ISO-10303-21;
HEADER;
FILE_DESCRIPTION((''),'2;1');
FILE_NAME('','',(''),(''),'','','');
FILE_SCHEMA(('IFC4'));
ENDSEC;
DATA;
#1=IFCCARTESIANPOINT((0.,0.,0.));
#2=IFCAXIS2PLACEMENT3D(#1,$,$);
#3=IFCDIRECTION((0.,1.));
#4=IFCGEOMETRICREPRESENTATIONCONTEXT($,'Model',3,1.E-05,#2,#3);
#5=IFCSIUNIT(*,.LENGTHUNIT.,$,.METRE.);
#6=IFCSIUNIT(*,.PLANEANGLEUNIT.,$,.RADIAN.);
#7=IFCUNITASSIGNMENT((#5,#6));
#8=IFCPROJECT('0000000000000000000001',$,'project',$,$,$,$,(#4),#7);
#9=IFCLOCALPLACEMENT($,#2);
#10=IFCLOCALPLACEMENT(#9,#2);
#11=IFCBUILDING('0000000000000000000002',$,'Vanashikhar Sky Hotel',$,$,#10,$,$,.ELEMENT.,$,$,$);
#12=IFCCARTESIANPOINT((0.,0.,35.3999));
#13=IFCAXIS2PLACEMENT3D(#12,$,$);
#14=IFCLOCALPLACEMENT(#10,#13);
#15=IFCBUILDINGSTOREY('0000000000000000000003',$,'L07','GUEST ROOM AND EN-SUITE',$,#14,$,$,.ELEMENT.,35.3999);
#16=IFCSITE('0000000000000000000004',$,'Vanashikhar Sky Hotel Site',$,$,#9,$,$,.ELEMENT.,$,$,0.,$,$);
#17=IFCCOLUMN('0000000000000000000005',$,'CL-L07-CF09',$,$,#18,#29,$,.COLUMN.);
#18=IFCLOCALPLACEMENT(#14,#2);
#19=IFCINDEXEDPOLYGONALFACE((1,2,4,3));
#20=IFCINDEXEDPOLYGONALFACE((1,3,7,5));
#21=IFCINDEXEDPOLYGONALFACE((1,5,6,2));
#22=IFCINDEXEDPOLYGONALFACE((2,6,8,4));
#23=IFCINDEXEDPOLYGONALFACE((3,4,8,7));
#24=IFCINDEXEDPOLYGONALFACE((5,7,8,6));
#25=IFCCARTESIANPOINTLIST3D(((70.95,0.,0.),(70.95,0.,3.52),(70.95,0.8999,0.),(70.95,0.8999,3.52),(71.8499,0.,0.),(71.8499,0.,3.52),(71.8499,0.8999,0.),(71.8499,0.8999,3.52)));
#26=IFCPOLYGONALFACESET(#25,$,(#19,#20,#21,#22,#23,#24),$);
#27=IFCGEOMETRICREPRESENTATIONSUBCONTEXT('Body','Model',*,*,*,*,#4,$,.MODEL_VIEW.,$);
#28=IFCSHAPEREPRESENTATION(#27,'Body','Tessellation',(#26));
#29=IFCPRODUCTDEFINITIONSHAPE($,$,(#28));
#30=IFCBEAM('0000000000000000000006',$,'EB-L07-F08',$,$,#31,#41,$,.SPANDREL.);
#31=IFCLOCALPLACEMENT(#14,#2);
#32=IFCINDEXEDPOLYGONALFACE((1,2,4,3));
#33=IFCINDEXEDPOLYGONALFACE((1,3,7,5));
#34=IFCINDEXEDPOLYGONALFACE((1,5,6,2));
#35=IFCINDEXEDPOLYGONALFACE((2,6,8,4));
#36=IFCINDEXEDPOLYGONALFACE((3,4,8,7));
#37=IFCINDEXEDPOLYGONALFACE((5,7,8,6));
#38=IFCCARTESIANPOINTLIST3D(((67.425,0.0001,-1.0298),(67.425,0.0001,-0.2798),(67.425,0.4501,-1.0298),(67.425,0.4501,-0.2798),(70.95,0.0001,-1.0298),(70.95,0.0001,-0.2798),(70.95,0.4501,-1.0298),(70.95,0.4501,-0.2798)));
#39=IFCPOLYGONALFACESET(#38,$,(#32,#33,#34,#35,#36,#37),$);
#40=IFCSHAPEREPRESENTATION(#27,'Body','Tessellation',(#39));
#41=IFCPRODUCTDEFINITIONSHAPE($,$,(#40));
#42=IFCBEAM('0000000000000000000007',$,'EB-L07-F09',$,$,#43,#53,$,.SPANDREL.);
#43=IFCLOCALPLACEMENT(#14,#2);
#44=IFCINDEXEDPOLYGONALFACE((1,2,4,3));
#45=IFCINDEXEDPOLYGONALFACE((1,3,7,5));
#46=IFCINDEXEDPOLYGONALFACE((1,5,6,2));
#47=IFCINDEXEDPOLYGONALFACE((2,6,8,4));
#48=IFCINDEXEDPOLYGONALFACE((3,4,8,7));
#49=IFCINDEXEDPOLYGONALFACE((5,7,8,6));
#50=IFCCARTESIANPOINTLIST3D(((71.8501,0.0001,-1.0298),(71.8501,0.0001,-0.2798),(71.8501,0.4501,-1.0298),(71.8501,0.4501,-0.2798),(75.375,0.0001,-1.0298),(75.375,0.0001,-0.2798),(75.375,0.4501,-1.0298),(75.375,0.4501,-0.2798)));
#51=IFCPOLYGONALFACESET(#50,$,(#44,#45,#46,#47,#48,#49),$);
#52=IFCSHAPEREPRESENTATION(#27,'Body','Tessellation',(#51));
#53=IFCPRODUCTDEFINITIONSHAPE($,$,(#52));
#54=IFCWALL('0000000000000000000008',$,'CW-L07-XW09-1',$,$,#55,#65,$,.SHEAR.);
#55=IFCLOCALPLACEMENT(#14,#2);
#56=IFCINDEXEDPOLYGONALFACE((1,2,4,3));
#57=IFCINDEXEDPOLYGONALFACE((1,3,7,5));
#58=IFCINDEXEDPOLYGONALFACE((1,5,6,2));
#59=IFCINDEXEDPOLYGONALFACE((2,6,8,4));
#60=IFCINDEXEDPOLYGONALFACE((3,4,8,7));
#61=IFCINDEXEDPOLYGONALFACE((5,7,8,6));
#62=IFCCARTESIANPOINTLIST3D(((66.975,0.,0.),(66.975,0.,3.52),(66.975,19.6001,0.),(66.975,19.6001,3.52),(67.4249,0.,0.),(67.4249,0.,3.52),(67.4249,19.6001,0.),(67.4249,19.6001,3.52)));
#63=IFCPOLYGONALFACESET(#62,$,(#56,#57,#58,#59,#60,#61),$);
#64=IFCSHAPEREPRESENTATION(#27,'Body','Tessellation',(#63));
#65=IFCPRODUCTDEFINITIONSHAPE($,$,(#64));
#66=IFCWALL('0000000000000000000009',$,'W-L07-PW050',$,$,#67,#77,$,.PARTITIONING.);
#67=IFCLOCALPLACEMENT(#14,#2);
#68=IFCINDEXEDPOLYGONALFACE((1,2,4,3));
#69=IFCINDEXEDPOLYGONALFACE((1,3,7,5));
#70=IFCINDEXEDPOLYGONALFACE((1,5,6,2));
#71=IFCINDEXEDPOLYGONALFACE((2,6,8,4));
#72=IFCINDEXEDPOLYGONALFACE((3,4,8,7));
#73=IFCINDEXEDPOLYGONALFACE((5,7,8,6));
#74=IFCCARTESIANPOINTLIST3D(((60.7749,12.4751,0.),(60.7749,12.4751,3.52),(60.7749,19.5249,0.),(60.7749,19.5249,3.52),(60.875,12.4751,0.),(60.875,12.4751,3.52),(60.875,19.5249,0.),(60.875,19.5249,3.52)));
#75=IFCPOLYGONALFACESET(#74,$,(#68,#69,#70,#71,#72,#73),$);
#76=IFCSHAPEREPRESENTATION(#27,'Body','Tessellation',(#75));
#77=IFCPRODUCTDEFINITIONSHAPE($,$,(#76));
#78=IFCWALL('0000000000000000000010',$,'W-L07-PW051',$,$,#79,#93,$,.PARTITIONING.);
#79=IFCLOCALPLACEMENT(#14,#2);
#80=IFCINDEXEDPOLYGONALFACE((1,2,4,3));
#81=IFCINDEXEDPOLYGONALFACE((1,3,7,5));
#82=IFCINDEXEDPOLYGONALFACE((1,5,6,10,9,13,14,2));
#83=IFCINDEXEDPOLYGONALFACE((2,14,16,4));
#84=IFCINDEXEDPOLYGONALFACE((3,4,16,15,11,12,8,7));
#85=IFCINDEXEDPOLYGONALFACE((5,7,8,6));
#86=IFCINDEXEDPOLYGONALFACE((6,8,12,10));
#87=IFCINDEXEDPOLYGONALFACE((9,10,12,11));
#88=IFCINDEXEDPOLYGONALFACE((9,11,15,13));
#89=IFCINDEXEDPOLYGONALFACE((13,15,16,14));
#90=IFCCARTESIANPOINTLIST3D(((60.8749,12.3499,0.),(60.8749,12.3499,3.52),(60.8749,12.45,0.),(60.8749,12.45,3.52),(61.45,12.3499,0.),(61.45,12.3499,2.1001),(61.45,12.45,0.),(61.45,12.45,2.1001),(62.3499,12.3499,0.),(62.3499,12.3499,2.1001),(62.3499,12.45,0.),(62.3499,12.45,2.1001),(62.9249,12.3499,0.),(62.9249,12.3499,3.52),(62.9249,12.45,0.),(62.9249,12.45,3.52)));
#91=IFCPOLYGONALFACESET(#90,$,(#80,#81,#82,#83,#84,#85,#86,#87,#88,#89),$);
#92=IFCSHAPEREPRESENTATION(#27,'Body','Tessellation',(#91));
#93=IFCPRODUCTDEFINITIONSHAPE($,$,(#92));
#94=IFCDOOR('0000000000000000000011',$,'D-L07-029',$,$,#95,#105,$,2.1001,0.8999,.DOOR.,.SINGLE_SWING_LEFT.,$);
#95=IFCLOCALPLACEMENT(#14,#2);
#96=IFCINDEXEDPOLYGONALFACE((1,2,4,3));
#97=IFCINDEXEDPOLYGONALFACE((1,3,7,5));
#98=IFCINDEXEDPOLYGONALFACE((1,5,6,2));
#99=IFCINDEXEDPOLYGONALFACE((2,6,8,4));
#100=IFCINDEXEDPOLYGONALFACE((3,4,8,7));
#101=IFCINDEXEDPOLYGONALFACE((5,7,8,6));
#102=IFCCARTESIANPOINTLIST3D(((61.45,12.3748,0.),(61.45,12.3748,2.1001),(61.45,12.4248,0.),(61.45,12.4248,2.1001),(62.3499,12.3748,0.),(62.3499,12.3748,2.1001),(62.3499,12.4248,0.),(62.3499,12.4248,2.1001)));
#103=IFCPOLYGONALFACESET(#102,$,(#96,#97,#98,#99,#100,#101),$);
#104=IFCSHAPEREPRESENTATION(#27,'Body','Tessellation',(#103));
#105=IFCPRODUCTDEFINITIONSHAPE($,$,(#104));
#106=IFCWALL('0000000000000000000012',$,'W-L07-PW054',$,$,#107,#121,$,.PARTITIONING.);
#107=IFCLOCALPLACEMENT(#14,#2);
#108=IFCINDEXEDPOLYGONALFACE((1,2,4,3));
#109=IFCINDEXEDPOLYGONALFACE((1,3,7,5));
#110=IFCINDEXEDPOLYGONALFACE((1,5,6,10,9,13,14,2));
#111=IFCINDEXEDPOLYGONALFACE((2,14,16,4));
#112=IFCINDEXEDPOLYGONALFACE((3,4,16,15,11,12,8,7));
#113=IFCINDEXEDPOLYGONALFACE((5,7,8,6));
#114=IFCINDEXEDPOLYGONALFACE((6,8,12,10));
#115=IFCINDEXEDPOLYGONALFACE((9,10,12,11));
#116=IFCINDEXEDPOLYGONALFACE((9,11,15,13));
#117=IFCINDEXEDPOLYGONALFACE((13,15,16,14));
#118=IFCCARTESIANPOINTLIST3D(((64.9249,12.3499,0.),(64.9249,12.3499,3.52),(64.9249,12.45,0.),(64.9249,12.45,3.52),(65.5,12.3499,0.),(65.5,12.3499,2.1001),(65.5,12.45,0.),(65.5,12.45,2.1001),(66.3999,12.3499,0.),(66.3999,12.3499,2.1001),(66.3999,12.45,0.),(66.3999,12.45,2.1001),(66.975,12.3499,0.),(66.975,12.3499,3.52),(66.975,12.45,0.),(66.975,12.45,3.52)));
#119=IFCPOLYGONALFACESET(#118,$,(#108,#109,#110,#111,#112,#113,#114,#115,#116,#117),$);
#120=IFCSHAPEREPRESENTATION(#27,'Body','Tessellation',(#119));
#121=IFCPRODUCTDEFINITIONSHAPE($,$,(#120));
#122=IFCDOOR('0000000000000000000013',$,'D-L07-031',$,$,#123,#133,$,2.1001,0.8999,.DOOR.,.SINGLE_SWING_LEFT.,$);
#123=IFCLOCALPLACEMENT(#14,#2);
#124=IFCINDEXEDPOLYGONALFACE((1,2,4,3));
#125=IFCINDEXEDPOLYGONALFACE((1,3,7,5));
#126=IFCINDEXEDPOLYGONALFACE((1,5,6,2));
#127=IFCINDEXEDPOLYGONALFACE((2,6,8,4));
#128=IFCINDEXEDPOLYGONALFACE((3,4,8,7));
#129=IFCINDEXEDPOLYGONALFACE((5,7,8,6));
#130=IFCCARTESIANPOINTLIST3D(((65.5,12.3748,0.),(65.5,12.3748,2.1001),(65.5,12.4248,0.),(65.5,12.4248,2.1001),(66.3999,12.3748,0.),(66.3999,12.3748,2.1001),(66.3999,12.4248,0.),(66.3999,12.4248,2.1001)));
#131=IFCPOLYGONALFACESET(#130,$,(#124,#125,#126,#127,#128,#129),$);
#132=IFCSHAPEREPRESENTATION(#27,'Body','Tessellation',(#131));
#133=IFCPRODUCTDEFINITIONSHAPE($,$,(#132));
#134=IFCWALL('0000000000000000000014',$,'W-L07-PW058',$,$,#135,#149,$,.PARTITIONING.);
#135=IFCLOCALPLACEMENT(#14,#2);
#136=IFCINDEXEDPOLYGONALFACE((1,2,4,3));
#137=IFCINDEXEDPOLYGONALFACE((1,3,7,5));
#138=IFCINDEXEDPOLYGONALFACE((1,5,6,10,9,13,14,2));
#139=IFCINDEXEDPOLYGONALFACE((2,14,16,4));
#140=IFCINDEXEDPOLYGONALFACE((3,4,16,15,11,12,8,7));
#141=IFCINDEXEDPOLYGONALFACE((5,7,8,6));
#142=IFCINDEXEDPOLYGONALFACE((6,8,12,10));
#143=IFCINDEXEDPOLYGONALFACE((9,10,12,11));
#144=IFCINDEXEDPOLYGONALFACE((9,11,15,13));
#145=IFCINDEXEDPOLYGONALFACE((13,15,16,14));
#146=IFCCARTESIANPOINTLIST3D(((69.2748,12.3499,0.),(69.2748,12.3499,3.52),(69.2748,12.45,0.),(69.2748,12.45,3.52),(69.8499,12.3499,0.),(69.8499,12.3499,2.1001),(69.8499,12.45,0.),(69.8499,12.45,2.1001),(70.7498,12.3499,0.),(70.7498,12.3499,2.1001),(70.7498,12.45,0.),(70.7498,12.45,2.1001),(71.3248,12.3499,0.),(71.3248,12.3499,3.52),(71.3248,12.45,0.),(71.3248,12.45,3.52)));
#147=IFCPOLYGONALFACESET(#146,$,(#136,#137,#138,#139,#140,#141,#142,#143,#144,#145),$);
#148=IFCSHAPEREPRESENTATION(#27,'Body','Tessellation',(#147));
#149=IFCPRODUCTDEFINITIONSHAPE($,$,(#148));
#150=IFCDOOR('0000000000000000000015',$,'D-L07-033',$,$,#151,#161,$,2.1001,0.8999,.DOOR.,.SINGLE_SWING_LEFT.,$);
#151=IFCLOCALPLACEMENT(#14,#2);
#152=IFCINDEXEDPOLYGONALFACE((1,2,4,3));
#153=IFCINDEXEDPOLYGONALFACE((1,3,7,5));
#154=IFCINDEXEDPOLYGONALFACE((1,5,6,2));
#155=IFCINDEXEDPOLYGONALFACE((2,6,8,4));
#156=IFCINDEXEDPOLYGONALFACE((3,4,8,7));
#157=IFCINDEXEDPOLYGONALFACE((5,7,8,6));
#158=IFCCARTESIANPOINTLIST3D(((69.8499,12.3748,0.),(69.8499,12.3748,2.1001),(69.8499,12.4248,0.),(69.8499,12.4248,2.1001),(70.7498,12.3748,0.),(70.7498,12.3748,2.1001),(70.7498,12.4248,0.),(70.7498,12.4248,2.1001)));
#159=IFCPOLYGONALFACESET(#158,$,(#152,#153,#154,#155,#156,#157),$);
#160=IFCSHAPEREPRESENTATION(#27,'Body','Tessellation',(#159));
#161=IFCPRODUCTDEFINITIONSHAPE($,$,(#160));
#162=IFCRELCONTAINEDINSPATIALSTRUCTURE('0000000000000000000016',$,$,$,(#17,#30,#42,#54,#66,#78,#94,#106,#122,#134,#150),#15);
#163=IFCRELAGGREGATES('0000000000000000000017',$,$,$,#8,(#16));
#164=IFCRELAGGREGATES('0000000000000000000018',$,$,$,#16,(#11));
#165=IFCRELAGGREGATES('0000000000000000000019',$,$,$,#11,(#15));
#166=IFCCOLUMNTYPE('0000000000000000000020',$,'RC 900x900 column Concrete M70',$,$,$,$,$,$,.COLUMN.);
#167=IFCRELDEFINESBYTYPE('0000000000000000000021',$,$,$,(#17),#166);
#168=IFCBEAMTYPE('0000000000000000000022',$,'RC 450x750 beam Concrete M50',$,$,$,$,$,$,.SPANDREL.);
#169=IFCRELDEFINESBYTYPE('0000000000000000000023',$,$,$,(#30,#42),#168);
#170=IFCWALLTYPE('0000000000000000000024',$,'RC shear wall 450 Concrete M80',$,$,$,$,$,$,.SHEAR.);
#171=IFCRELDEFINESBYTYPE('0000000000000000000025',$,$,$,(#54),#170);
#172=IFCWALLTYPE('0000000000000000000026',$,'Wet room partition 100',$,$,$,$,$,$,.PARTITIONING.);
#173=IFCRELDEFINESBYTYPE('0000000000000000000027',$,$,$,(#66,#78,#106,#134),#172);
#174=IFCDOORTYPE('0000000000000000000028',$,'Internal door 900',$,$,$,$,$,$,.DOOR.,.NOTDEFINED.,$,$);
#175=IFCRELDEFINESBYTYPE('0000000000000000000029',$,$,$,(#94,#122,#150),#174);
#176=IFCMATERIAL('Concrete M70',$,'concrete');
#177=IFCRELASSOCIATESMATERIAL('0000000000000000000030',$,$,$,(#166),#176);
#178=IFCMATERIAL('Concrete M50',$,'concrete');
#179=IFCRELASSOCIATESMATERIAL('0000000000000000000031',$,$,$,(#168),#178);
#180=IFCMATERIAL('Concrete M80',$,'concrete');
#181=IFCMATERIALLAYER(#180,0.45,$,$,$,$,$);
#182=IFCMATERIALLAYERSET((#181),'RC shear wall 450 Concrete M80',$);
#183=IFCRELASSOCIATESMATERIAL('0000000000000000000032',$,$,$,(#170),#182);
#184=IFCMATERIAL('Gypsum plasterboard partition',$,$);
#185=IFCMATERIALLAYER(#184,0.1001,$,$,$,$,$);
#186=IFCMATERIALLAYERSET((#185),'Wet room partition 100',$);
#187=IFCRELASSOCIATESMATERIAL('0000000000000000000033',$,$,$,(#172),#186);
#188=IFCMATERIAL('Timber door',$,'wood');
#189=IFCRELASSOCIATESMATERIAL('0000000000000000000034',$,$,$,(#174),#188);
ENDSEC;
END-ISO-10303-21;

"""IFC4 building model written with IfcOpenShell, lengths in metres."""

from ifc_helpers import new_model, si_unit, direction, frame, frame_2d, origin, origin_2d, place, context, subcontext, project, spatial, rectangle, extrude, source, transform, mapped, material, layer, layer_set, material_profile, profile_set, type_object, element, fill, save


model = new_model("IFC4")

# Units and contexts
model_context = context("Model", 3, precision=1e-05, world=origin(), true_north=direction((0.0, 1.0)))
body_context = subcontext(model_context, "Body", "Model", "MODEL_VIEW")
ifc_project = project(units=[si_unit("LENGTHUNIT", "METRE"), si_unit("PLANEANGLEUNIT", "RADIAN")], contexts=[model_context])

# Site, building, storey
site_placement = place(None, origin())
site = spatial("IfcSite", under=ifc_project, at=site_placement, Name="Vanashikhar Sky Hotel Site", CompositionType="ELEMENT", RefElevation=0.0)
building_placement = place(site_placement, origin())
building = spatial("IfcBuilding", under=site, at=building_placement, Name="Vanashikhar Sky Hotel", CompositionType="ELEMENT")
storey_placement = place(building_placement, frame((0.0, 0.0, 35.3999)))
storey = spatial("IfcBuildingStorey", under=building, at=storey_placement, Name="L07", Description="GUEST ROOM AND EN-SUITE", CompositionType="ELEMENT", Elevation=35.3999)

# Column
ifc_material_1 = material(Name="Concrete M70", Category="concrete")
ifc_material_profile_1 = material_profile(ifc_material_1, rectangle(XDim=0.8999, YDim=0.8999, at=origin_2d()))
ifc_profile_set_1 = profile_set([ifc_material_profile_1], Name="RC 900x900 column Concrete M70")
column_type = type_object("IfcColumnType", Name="RC 900x900 column Concrete M70", PredefinedType="COLUMN", material=ifc_profile_set_1)
shared_shape_1 = source(origin(), body_context, "Body", "SweptSolid", [
    extrude(rectangle(XDim=0.8999, YDim=0.8999, at=origin_2d()), origin(), (0.0, 0.0, 1.0), 3.52),
])
column_placement = place(storey_placement, frame((71.3999, 0.45, 0.0), z_axis=(0.0, 0.0, 1.0), x_axis=(1.0, 0.0, 0.0)))
element("IfcColumn", 1, at=column_placement, inside=storey, type_object=column_type, Name="CL-L07-CF09", PredefinedType="COLUMN", context=body_context, shape_type="MappedRepresentation", body=[
    mapped(shared_shape_1, transform((0.0, 0.0, 0.0), scale=1.0)),
])

# Beams
ifc_material_2 = material(Name="Concrete M50", Category="concrete")
ifc_material_profile_2 = material_profile(ifc_material_2, rectangle(XDim=0.45, YDim=0.75, at=origin_2d()))
ifc_profile_set_2 = profile_set([ifc_material_profile_2], Name="RC 450x750 beam Concrete M50")
beam_type = type_object("IfcBeamType", Name="RC 450x750 beam Concrete M50", PredefinedType="SPANDREL", material=ifc_profile_set_2)
shared_shape_2 = source(origin(), body_context, "Body", "SweptSolid", [
    extrude(rectangle(XDim=0.45, YDim=0.75, at=origin_2d()), origin(), (0.0, 0.0, 1.0), 3.5249),
])
for number, where, z_axis, x_axis, name in (
    (2, (67.425, 0.2251, -0.6548), (1.0, 0.0, 0.0), (0.0, 1.0, 0.0), "EB-L07-F08"),
    (3, (71.8501, 0.2251, -0.6548), (1.0, 0.0, 0.0), (0.0, 1.0, 0.0), "EB-L07-F09"),
):
    element("IfcBeam", number, at=place(storey_placement, frame(where, z_axis=z_axis, x_axis=x_axis)), inside=storey, type_object=beam_type, Name=name, PredefinedType="SPANDREL", context=body_context, shape_type="MappedRepresentation", body=[
        mapped(shared_shape_2, transform((0.0, 0.0, 0.0), scale=1.0)),
    ])

# Wall
ifc_material_3 = material(Name="Concrete M80", Category="concrete")
ifc_layer_1 = layer(ifc_material_3, 0.45)
ifc_layer_set_1 = layer_set([ifc_layer_1], Name="RC shear wall 450 Concrete M80")
wall_type_1 = type_object("IfcWallType", Name="RC shear wall 450 Concrete M80", PredefinedType="SHEAR", material=ifc_layer_set_1)
shared_shape_3 = source(origin(), body_context, "Body", "SweptSolid", [
    extrude(rectangle(XDim=19.6001, YDim=0.45, at=frame_2d((9.8, 0.0))), origin(), (0.0, 0.0, 1.0), 3.52),
])
wall_1_placement = place(storey_placement, frame((67.2, 0.0, 0.0), z_axis=(0.0, 0.0, 1.0), x_axis=(0.0, 1.0, 0.0)))
element("IfcWall", 4, at=wall_1_placement, inside=storey, type_object=wall_type_1, Name="CW-L07-XW09-1", PredefinedType="SHEAR", context=body_context, shape_type="MappedRepresentation", body=[
    mapped(shared_shape_3, transform((0.0, 0.0, 0.0), scale=1.0)),
])

# Wall
ifc_material_4 = material(Name="Gypsum plasterboard partition")
ifc_layer_2 = layer(ifc_material_4, 0.1001)
ifc_layer_set_2 = layer_set([ifc_layer_2], Name="Wet room partition 100")
wall_type_2 = type_object("IfcWallType", Name="Wet room partition 100", PredefinedType="PARTITIONING", material=ifc_layer_set_2)
shared_shape_4 = source(origin(), body_context, "Body", "SweptSolid", [
    extrude(rectangle(XDim=7.0498, YDim=0.1001, at=frame_2d((3.5249, 0.0))), origin(), (0.0, 0.0, 1.0), 3.52),
])
wall_2_placement = place(storey_placement, frame((60.825, 12.4751, 0.0), z_axis=(0.0, 0.0, 1.0), x_axis=(0.0, 1.0, 0.0)))
element("IfcWall", 5, at=wall_2_placement, inside=storey, type_object=wall_type_2, Name="W-L07-PW050", PredefinedType="PARTITIONING", context=body_context, shape_type="MappedRepresentation", body=[
    mapped(shared_shape_4, transform((0.0, 0.0, 0.0), scale=1.0)),
])

# Walls, openings, doors
shared_shape_5 = source(origin(), body_context, "Body", "SweptSolid", [
    extrude(rectangle(XDim=2.05, YDim=0.1001, at=frame_2d((1.0249, 0.0))), origin(), (0.0, 0.0, 1.0), 3.52),
])
wall_3_placement = place(storey_placement, frame((60.875, 12.3999, 0.0), z_axis=(0.0, 0.0, 1.0), x_axis=(1.0, 0.0, 0.0)))
wall_3 = element("IfcWall", 6, at=wall_3_placement, inside=storey, type_object=wall_type_2, Name="W-L07-PW051", PredefinedType="PARTITIONING", context=body_context, shape_type="MappedRepresentation", body=[
    mapped(shared_shape_5, transform((0.0, 0.0, 0.0), scale=1.0)),
])
shared_shape_6 = source(origin(), body_context, "Body", "SweptSolid", [
    extrude(rectangle(XDim=0.8999, YDim=2.1001, at=frame_2d((0.45, 1.05))), frame((0.0, 0.0601, 0.0), z_axis=(0.0, -1.0, 0.0), x_axis=(1.0, 0.0, 0.0)), (0.0, 0.0, 1.0), 0.1201),
])
opening_1_placement = place(wall_3_placement, frame((0.575, 0.0, 0.0)))
opening_1 = element("IfcOpeningElement", 7, at=opening_1_placement, cuts=wall_3, PredefinedType="OPENING", context=body_context, shape_type="MappedRepresentation", body=[
    mapped(shared_shape_6, transform((0.0, 0.0, 0.0), scale=1.0)),
])
ifc_material_5 = material(Name="Timber door", Category="wood")
door_type_1 = type_object("IfcDoorType", Name="Internal door 900", OperationType="NOTDEFINED", PredefinedType="DOOR", material=ifc_material_5)
shared_shape_7 = source(origin(), body_context, "Body", "SweptSolid", [
    extrude(rectangle(XDim=0.8999, YDim=2.1001, at=frame_2d((0.45, 1.05))), frame((0.0, 0.0249, 0.0), z_axis=(0.0, -1.0, 0.0), x_axis=(1.0, 0.0, 0.0)), (0.0, 0.0, 1.0), 0.05),
])
door_1_placement = place(opening_1_placement, origin())
door_1 = element("IfcDoor", 8, at=door_1_placement, inside=storey, type_object=door_type_1, Name="D-L07-029", OperationType="SINGLE_SWING_LEFT", OverallHeight=2.1001, OverallWidth=0.8999, PredefinedType="DOOR", context=body_context, shape_type="MappedRepresentation", body=[
    mapped(shared_shape_7, transform((0.0, 0.0, 0.0), scale=1.0)),
])
fill(opening_1, door_1)
wall_4_placement = place(storey_placement, frame((64.925, 12.3999, 0.0), z_axis=(0.0, 0.0, 1.0), x_axis=(1.0, 0.0, 0.0)))
wall_4 = element("IfcWall", 9, at=wall_4_placement, inside=storey, type_object=wall_type_2, Name="W-L07-PW054", PredefinedType="PARTITIONING", context=body_context, shape_type="MappedRepresentation", body=[
    mapped(shared_shape_5, transform((0.0, 0.0, 0.0), scale=1.0)),
])
opening_2_placement = place(wall_4_placement, frame((0.575, 0.0, 0.0)))
opening_2 = element("IfcOpeningElement", 10, at=opening_2_placement, cuts=wall_4, PredefinedType="OPENING", context=body_context, shape_type="MappedRepresentation", body=[
    mapped(shared_shape_6, transform((0.0, 0.0, 0.0), scale=1.0)),
])
door_2_placement = place(opening_2_placement, origin())
door_2 = element("IfcDoor", 11, at=door_2_placement, inside=storey, type_object=door_type_1, Name="D-L07-031", OperationType="SINGLE_SWING_LEFT", OverallHeight=2.1001, OverallWidth=0.8999, PredefinedType="DOOR", context=body_context, shape_type="MappedRepresentation", body=[
    mapped(shared_shape_7, transform((0.0, 0.0, 0.0), scale=1.0)),
])
fill(opening_2, door_2)
wall_5_placement = place(storey_placement, frame((69.2749, 12.3999, 0.0), z_axis=(0.0, 0.0, 1.0), x_axis=(1.0, 0.0, 0.0)))
wall_5 = element("IfcWall", 12, at=wall_5_placement, inside=storey, type_object=wall_type_2, Name="W-L07-PW058", PredefinedType="PARTITIONING", context=body_context, shape_type="MappedRepresentation", body=[
    mapped(shared_shape_5, transform((0.0, 0.0, 0.0), scale=1.0)),
])
opening_3_placement = place(wall_5_placement, frame((0.575, 0.0, 0.0)))
opening_3 = element("IfcOpeningElement", 13, at=opening_3_placement, cuts=wall_5, PredefinedType="OPENING", context=body_context, shape_type="MappedRepresentation", body=[
    mapped(shared_shape_6, transform((0.0, 0.0, 0.0), scale=1.0)),
])
door_3_placement = place(opening_3_placement, origin())
door_3 = element("IfcDoor", 14, at=door_3_placement, inside=storey, type_object=door_type_1, Name="D-L07-033", OperationType="SINGLE_SWING_LEFT", OverallHeight=2.1001, OverallWidth=0.8999, PredefinedType="DOOR", context=body_context, shape_type="MappedRepresentation", body=[
    mapped(shared_shape_7, transform((0.0, 0.0, 0.0), scale=1.0)),
])
fill(opening_3, door_3)

save(model, "model.ifc")
